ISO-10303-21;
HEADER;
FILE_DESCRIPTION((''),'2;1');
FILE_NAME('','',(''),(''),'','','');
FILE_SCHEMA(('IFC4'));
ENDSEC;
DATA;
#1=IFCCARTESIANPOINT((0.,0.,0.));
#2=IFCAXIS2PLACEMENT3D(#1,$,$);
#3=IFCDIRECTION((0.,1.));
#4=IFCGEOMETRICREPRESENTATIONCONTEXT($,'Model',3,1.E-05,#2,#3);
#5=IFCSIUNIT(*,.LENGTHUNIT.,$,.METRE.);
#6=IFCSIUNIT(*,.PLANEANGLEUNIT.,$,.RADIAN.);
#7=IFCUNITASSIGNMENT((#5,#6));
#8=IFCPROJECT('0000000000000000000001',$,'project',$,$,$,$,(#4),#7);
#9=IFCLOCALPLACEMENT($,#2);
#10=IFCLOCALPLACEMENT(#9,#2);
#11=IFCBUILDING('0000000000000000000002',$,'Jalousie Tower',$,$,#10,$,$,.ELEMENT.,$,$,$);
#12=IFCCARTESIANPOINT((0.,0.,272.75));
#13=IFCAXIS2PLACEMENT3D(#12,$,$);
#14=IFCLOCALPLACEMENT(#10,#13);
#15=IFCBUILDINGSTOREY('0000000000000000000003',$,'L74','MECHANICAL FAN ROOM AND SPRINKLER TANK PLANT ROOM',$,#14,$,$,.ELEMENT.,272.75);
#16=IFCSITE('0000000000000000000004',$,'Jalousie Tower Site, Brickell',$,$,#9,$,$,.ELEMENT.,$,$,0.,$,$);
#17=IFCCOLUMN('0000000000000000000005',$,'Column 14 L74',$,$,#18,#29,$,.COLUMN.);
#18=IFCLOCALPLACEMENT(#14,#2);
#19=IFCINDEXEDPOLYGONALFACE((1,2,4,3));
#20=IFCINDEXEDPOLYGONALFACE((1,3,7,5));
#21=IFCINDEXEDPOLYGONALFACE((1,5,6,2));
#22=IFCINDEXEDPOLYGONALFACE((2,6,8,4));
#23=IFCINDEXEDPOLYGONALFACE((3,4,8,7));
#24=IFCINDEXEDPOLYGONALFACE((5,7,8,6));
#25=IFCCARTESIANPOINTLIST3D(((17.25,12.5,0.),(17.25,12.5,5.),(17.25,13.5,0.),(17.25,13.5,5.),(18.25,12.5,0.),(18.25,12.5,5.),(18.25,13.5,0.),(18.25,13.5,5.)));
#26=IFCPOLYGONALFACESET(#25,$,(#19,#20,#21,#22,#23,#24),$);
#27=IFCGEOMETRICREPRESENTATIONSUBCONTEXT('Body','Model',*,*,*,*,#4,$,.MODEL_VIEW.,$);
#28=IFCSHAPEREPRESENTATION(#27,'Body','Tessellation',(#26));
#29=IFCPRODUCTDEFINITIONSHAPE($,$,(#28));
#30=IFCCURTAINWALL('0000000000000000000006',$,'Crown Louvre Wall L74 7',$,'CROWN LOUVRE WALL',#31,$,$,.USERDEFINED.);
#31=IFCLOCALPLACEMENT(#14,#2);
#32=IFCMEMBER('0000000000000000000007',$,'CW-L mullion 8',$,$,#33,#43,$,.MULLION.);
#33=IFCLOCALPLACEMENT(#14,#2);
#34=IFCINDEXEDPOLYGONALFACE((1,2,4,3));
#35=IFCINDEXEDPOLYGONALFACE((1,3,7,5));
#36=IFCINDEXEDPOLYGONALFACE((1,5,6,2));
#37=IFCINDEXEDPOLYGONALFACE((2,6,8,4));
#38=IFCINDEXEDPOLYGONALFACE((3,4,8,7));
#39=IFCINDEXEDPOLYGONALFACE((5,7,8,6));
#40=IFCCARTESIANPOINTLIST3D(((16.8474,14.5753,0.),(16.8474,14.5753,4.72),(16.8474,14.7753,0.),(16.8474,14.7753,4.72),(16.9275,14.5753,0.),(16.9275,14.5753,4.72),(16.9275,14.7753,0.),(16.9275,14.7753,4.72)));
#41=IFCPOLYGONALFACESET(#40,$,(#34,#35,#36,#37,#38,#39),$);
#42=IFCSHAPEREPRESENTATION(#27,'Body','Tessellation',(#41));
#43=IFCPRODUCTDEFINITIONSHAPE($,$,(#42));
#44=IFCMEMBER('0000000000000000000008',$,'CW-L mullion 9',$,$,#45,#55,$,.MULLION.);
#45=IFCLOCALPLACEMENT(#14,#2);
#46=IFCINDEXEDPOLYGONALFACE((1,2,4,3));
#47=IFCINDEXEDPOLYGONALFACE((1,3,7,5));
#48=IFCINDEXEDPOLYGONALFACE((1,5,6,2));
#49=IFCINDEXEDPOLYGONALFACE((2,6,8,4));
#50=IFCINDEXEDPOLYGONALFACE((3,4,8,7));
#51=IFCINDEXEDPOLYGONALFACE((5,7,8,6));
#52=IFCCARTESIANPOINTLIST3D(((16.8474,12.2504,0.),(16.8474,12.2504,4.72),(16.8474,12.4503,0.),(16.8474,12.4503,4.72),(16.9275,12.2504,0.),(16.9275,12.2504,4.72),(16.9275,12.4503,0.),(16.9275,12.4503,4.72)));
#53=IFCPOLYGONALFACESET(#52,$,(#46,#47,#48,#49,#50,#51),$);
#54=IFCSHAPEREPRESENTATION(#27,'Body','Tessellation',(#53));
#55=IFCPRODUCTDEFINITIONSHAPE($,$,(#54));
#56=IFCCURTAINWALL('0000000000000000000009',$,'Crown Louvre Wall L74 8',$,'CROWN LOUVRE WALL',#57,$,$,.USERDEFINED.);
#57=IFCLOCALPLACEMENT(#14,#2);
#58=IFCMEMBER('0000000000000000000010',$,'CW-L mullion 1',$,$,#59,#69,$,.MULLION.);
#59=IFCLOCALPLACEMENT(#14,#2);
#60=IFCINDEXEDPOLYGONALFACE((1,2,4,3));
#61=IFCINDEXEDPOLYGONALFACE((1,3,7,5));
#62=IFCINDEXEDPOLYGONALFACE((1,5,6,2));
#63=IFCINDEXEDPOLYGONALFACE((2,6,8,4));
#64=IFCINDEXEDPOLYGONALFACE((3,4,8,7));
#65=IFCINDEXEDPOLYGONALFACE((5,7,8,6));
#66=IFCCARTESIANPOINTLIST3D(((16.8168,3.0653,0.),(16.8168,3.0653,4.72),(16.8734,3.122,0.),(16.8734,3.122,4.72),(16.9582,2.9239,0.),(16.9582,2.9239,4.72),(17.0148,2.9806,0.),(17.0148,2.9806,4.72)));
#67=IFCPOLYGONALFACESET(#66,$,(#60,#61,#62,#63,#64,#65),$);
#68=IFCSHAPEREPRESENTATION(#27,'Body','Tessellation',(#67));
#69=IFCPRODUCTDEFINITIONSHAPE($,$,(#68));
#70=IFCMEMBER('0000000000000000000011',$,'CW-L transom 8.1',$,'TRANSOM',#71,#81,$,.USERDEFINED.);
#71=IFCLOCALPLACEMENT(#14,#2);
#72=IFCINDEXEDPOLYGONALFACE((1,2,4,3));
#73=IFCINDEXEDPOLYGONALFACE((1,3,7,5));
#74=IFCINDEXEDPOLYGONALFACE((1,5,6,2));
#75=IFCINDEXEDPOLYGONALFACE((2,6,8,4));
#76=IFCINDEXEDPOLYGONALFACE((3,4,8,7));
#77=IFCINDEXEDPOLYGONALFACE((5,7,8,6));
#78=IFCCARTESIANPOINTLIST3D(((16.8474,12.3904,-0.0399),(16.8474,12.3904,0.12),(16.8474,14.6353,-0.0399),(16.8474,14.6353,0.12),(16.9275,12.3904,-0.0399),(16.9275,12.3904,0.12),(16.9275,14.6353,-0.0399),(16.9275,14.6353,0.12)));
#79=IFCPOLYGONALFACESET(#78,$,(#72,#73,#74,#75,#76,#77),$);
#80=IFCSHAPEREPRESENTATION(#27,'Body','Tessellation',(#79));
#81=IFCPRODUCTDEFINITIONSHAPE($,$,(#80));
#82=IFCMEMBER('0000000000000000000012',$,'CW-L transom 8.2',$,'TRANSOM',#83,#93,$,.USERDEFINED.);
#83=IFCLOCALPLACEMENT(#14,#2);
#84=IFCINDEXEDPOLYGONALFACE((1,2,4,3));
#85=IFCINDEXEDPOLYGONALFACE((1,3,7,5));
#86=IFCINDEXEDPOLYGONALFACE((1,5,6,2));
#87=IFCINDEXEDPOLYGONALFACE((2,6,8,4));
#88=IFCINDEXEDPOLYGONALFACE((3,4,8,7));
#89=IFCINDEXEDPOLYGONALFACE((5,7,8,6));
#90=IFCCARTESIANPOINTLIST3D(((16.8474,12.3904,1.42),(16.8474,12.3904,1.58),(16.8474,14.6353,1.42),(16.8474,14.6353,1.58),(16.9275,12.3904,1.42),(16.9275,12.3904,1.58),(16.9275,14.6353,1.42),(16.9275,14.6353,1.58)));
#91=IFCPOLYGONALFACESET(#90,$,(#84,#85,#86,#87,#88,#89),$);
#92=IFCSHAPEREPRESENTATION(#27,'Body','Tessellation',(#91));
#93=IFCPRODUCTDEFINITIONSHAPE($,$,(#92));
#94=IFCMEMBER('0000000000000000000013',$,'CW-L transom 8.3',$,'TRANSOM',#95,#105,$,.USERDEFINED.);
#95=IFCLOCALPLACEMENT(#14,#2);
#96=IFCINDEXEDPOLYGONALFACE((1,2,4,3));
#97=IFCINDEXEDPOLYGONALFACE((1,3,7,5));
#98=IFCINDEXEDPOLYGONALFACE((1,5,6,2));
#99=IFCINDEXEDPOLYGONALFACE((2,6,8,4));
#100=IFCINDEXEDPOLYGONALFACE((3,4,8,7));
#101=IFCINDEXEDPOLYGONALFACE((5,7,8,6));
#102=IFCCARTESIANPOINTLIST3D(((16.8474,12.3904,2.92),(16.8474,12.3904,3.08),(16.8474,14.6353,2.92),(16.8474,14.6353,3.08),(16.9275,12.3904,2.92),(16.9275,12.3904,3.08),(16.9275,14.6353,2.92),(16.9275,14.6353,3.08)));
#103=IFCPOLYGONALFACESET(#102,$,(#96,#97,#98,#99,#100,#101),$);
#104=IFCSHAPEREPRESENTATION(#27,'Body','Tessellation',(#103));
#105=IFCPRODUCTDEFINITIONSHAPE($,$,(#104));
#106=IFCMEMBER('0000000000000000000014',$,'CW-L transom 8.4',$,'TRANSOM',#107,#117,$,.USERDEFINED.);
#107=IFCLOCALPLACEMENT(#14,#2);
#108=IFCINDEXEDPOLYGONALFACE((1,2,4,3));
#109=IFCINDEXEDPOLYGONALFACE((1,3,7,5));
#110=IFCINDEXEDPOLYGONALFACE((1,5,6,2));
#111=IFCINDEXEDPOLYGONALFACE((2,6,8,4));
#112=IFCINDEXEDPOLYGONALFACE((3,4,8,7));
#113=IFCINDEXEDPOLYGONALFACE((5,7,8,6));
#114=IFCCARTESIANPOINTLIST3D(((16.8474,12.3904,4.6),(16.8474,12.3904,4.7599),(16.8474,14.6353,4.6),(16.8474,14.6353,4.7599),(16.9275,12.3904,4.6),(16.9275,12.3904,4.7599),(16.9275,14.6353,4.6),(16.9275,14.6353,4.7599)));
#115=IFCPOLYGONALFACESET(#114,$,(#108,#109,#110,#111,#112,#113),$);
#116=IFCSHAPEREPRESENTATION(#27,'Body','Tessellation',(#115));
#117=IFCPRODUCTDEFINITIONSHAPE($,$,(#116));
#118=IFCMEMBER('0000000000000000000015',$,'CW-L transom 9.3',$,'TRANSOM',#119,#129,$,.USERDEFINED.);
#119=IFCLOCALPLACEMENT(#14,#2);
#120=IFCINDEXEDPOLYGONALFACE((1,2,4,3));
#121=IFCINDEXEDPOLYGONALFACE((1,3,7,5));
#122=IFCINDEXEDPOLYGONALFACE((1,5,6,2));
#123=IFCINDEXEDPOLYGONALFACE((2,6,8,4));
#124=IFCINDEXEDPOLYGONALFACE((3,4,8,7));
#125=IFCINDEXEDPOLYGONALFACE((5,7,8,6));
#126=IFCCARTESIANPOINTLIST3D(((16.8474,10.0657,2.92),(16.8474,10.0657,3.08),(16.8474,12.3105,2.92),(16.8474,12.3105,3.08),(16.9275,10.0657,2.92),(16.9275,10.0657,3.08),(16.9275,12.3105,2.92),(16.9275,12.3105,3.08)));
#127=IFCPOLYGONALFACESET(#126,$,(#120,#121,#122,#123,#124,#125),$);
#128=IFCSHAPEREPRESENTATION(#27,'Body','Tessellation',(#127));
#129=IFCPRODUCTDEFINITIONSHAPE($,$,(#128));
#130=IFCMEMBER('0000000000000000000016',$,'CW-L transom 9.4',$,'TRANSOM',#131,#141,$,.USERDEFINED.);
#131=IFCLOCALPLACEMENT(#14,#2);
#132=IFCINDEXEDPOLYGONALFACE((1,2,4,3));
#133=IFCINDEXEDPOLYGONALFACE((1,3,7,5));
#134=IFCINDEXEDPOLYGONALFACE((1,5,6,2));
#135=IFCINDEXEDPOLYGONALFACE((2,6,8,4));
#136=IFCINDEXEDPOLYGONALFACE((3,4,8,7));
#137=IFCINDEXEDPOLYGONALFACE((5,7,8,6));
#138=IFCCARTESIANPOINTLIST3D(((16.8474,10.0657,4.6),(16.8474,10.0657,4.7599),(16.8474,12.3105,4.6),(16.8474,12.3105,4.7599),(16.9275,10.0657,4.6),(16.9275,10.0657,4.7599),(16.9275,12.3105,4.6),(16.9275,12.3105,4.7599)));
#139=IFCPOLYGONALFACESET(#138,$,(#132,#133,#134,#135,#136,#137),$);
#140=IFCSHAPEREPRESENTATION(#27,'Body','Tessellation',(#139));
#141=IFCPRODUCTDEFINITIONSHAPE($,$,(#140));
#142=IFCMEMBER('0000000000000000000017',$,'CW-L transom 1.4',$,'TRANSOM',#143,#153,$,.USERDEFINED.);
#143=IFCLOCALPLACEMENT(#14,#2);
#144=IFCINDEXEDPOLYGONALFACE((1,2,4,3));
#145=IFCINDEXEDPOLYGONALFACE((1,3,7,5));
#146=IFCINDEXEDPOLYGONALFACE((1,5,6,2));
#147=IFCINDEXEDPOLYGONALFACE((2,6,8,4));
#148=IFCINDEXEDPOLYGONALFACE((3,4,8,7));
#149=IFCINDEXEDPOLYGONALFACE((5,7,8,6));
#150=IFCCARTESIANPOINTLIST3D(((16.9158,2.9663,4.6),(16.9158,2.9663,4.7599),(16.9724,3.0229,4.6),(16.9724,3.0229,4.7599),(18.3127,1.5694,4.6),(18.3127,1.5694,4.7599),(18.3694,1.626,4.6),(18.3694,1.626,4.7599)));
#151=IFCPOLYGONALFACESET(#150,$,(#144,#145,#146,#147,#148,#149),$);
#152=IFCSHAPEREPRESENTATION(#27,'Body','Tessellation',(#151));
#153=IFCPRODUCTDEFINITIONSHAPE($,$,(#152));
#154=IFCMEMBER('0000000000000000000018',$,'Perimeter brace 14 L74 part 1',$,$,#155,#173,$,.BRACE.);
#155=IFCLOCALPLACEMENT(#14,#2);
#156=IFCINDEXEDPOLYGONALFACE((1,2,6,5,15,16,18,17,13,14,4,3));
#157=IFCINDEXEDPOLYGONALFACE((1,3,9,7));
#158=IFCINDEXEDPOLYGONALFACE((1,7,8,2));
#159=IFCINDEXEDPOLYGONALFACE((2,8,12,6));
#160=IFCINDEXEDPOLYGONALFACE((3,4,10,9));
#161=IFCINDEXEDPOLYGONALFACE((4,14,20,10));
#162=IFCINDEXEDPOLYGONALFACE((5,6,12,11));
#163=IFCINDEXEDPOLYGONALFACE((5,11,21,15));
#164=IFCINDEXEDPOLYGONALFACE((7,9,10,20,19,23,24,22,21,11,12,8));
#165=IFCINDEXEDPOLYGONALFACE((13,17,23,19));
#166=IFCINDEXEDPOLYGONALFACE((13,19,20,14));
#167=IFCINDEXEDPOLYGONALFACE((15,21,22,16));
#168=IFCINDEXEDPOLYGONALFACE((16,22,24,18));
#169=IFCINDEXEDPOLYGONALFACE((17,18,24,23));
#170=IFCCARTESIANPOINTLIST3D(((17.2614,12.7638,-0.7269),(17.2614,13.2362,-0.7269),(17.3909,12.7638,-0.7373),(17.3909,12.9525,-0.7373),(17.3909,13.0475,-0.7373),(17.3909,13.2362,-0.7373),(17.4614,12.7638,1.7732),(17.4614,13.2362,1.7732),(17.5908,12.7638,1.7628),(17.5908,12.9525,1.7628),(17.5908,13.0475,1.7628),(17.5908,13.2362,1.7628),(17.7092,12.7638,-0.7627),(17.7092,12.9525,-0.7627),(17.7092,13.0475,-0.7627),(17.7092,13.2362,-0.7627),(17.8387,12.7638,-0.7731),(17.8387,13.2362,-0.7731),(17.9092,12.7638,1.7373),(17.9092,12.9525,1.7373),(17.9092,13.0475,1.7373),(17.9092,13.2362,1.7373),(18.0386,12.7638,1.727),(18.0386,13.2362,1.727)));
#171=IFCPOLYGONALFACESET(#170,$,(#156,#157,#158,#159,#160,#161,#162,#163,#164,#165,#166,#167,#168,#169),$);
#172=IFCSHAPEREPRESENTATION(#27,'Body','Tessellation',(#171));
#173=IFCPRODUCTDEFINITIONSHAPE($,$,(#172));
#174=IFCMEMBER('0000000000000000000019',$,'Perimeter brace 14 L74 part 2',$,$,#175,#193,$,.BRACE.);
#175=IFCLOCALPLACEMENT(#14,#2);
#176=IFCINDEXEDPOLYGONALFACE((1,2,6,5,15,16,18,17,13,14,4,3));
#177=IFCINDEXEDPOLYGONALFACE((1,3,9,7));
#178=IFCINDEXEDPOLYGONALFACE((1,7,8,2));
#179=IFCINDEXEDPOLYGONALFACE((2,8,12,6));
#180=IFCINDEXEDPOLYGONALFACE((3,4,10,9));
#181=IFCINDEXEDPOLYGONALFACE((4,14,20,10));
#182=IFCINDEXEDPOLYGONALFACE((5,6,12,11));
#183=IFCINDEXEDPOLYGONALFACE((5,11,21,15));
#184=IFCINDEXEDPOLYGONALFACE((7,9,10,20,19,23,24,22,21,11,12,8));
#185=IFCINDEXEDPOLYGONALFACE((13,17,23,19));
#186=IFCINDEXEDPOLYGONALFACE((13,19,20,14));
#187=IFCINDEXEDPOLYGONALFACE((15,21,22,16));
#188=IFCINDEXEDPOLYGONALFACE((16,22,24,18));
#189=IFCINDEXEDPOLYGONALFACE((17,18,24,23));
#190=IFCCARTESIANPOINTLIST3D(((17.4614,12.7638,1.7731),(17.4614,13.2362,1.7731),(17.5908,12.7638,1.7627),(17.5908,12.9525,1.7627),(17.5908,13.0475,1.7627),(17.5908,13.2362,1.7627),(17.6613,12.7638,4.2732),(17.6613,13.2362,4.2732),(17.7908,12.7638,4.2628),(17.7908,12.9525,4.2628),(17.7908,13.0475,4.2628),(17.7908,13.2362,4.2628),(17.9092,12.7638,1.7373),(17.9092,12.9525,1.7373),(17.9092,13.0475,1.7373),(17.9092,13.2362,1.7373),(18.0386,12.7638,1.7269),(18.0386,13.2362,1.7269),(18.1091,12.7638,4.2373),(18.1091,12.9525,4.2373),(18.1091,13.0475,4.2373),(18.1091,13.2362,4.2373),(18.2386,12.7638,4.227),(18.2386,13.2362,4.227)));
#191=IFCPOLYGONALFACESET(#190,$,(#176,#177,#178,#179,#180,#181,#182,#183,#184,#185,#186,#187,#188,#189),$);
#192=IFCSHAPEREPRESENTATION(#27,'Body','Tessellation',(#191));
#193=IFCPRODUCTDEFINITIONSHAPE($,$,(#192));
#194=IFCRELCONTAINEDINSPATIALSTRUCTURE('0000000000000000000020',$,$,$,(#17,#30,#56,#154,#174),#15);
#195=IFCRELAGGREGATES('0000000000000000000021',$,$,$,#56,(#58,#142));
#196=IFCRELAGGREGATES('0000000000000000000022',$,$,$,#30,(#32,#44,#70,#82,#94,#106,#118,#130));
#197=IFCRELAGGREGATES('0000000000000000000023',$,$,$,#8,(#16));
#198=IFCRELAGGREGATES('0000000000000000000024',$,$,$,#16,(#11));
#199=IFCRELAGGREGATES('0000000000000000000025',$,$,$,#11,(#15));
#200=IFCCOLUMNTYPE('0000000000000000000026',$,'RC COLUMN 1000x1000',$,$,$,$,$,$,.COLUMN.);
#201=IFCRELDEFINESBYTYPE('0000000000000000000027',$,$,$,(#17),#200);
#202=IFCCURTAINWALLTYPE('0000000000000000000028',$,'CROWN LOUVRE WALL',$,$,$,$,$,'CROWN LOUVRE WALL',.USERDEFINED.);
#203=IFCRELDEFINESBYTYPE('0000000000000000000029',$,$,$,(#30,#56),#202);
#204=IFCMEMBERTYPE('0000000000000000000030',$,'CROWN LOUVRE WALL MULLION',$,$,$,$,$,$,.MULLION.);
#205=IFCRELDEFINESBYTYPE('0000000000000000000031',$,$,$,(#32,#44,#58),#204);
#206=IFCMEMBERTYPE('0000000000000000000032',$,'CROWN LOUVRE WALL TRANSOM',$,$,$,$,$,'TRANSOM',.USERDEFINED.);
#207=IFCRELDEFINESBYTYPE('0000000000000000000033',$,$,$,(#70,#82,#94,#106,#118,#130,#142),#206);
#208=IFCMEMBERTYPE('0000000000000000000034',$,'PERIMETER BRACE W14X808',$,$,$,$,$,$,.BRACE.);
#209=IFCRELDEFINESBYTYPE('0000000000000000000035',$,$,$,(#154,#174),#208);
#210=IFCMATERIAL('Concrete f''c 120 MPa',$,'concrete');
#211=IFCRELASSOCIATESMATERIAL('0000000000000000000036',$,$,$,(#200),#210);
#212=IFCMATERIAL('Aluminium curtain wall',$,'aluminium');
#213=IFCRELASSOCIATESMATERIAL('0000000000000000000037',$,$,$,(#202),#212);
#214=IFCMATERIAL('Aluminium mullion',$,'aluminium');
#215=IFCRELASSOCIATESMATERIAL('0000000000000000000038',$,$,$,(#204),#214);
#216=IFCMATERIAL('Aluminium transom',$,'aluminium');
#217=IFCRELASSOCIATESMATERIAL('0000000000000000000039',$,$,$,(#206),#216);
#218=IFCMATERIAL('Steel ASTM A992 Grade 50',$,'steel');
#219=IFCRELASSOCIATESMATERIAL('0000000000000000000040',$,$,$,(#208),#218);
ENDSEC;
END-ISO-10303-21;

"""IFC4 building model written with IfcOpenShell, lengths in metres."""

from ifc_helpers import new_model, si_unit, direction, frame, origin, origin_2d, place, context, subcontext, project, spatial, rectangle, i_section, extrude, material, material_profile, profile_set, type_object, element, aggregate, save


model = new_model("IFC4")

# Units and contexts
model_context = context("Model", 3, precision=1e-05, world=origin(), true_north=direction((0.0, 1.0)))
body_context = subcontext(model_context, "Body", "Model", "MODEL_VIEW")
ifc_project = project(units=[si_unit("LENGTHUNIT", "METRE"), si_unit("PLANEANGLEUNIT", "RADIAN")], contexts=[model_context])

# Site, building, storey
site_placement = place(None, origin())
site = spatial("IfcSite", under=ifc_project, at=site_placement, Name="Jalousie Tower Site, Brickell", CompositionType="ELEMENT", RefElevation=0.0)
building_placement = place(site_placement, origin())
building = spatial("IfcBuilding", under=site, at=building_placement, Name="Jalousie Tower", CompositionType="ELEMENT")
storey_placement = place(building_placement, frame((0.0, 0.0, 272.75)))
storey = spatial("IfcBuildingStorey", under=building, at=storey_placement, Name="L74", Description="MECHANICAL FAN ROOM AND SPRINKLER TANK PLANT ROOM", CompositionType="ELEMENT", Elevation=272.75)

# Column
ifc_material_1 = material(Name="Concrete f'c 120 MPa", Category="concrete")
ifc_material_profile_1 = material_profile(ifc_material_1, rectangle(XDim=1.0, YDim=1.0, at=origin_2d()), Name="RC 1000x1000")
ifc_profile_set_1 = profile_set([ifc_material_profile_1], Name="Concrete f'c 120 MPa")
column_type = type_object("IfcColumnType", Name="RC COLUMN 1000x1000", PredefinedType="COLUMN", material=ifc_profile_set_1)
column_placement = place(storey_placement, frame((17.75, 13.0, 0.0), z_axis=(0.0, 0.0, 1.0), x_axis=(1.0, 0.0, 0.0)))
element("IfcColumn", 1, at=column_placement, inside=storey, type_object=column_type, Name="Column 14 L74", PredefinedType="COLUMN", context=body_context, shape_type="SweptSolid", body=[
    extrude(rectangle(XDim=1.0, YDim=1.0, at=origin_2d()), origin(), (0.0, 0.0, 1.0), 5.0),
])

# Curtain wall, members
ifc_material_2 = material(Name="Aluminium curtain wall", Category="aluminium")
curtain_wall_type = type_object("IfcCurtainWallType", Name="CROWN LOUVRE WALL", ElementType="CROWN LOUVRE WALL", PredefinedType="USERDEFINED", material=ifc_material_2)
curtain_wall_1_placement = place(storey_placement, origin())
curtain_wall_1 = element("IfcCurtainWall", 2, at=curtain_wall_1_placement, inside=storey, type_object=curtain_wall_type, Name="Crown Louvre Wall L74 7", ObjectType="CROWN LOUVRE WALL", PredefinedType="USERDEFINED")
ifc_material_3 = material(Name="Aluminium mullion", Category="aluminium")
ifc_material_profile_2 = material_profile(ifc_material_3, rectangle(XDim=0.0801, YDim=0.2, at=origin_2d()), Name="MULLION 80x200")
ifc_profile_set_2 = profile_set([ifc_material_profile_2], Name="Aluminium mullion")
member_type_1 = type_object("IfcMemberType", Name="CROWN LOUVRE WALL MULLION", PredefinedType="MULLION", material=ifc_profile_set_2)
member_1_placement = place(storey_placement, frame((16.8875, 14.6753, 0.0), z_axis=(0.0, 0.0, 1.0), x_axis=(1.0, 0.0, 0.0)))
member_1 = element("IfcMember", 3, at=member_1_placement, type_object=member_type_1, Name="CW-L mullion 8", PredefinedType="MULLION", context=body_context, shape_type="SweptSolid", body=[
    extrude(rectangle(XDim=0.0801, YDim=0.2, at=origin_2d()), origin(), (0.0, 0.0, 1.0), 4.72),
])
member_2_placement = place(storey_placement, frame((16.8875, 12.3503, 0.0), z_axis=(0.0, 0.0, 1.0), x_axis=(1.0, 0.0, 0.0)))
member_2 = element("IfcMember", 4, at=member_2_placement, type_object=member_type_1, Name="CW-L mullion 9", PredefinedType="MULLION", context=body_context, shape_type="SweptSolid", body=[
    extrude(rectangle(XDim=0.0801, YDim=0.2, at=origin_2d()), origin(), (0.0, 0.0, 1.0), 4.72),
])

# Curtain wall, member
curtain_wall_2_placement = place(storey_placement, origin())
curtain_wall_2 = element("IfcCurtainWall", 5, at=curtain_wall_2_placement, inside=storey, type_object=curtain_wall_type, Name="Crown Louvre Wall L74 8", ObjectType="CROWN LOUVRE WALL", PredefinedType="USERDEFINED")
member_3_placement = place(storey_placement, frame((16.9158, 3.0229, 0.0), z_axis=(0.0, 0.0, 1.0), x_axis=(0.707107, 0.707107, 0.0)))
member_3 = element("IfcMember", 6, at=member_3_placement, type_object=member_type_1, Name="CW-L mullion 1", PredefinedType="MULLION", context=body_context, shape_type="SweptSolid", body=[
    extrude(rectangle(XDim=0.0801, YDim=0.2, at=origin_2d()), origin(), (0.0, 0.0, 1.0), 4.72),
])

# Members
ifc_material_4 = material(Name="Aluminium transom", Category="aluminium")
ifc_material_profile_3 = material_profile(ifc_material_4, rectangle(XDim=0.0801, YDim=0.1599, at=origin_2d()), Name="TRANSOM 80x160")
ifc_profile_set_3 = profile_set([ifc_material_profile_3], Name="Aluminium transom")
member_type_2 = type_object("IfcMemberType", Name="CROWN LOUVRE WALL TRANSOM", ElementType="TRANSOM", PredefinedType="USERDEFINED", material=ifc_profile_set_3)
member_4_placement = place(storey_placement, frame((16.8875, 14.6353, 0.04), z_axis=(0.0, -1.0, 0.0), x_axis=(1.0, 0.0, 0.0)))
member_4 = element("IfcMember", 7, at=member_4_placement, type_object=member_type_2, Name="CW-L transom 8.1", ObjectType="TRANSOM", PredefinedType="USERDEFINED", context=body_context, shape_type="SweptSolid", body=[
    extrude(rectangle(XDim=0.0801, YDim=0.1599, at=origin_2d()), origin(), (0.0, 0.0, 1.0), 2.2449),
])
member_5_placement = place(storey_placement, frame((16.8875, 14.6353, 1.5), z_axis=(0.0, -1.0, 0.0), x_axis=(1.0, 0.0, 0.0)))
member_5 = element("IfcMember", 8, at=member_5_placement, type_object=member_type_2, Name="CW-L transom 8.2", ObjectType="TRANSOM", PredefinedType="USERDEFINED", context=body_context, shape_type="SweptSolid", body=[
    extrude(rectangle(XDim=0.0801, YDim=0.1599, at=origin_2d()), origin(), (0.0, 0.0, 1.0), 2.2449),
])
member_6_placement = place(storey_placement, frame((16.8875, 14.6353, 3.0), z_axis=(0.0, -1.0, 0.0), x_axis=(1.0, 0.0, 0.0)))
member_6 = element("IfcMember", 9, at=member_6_placement, type_object=member_type_2, Name="CW-L transom 8.3", ObjectType="TRANSOM", PredefinedType="USERDEFINED", context=body_context, shape_type="SweptSolid", body=[
    extrude(rectangle(XDim=0.0801, YDim=0.1599, at=origin_2d()), origin(), (0.0, 0.0, 1.0), 2.2449),
])
member_7_placement = place(storey_placement, frame((16.8875, 14.6353, 4.6799), z_axis=(0.0, -1.0, 0.0), x_axis=(1.0, 0.0, 0.0)))
member_7 = element("IfcMember", 10, at=member_7_placement, type_object=member_type_2, Name="CW-L transom 8.4", ObjectType="TRANSOM", PredefinedType="USERDEFINED", context=body_context, shape_type="SweptSolid", body=[
    extrude(rectangle(XDim=0.0801, YDim=0.1599, at=origin_2d()), origin(), (0.0, 0.0, 1.0), 2.2449),
])
member_8_placement = place(storey_placement, frame((16.8875, 12.3105, 3.0), z_axis=(0.0, -1.0, 0.0), x_axis=(1.0, 0.0, 0.0)))
member_8 = element("IfcMember", 11, at=member_8_placement, type_object=member_type_2, Name="CW-L transom 9.3", ObjectType="TRANSOM", PredefinedType="USERDEFINED", context=body_context, shape_type="SweptSolid", body=[
    extrude(rectangle(XDim=0.0801, YDim=0.1599, at=origin_2d()), origin(), (0.0, 0.0, 1.0), 2.2449),
])
member_9_placement = place(storey_placement, frame((16.8875, 12.3105, 4.6799), z_axis=(0.0, -1.0, 0.0), x_axis=(1.0, 0.0, 0.0)))
member_9 = element("IfcMember", 12, at=member_9_placement, type_object=member_type_2, Name="CW-L transom 9.4", ObjectType="TRANSOM", PredefinedType="USERDEFINED", context=body_context, shape_type="SweptSolid", body=[
    extrude(rectangle(XDim=0.0801, YDim=0.1599, at=origin_2d()), origin(), (0.0, 0.0, 1.0), 2.2449),
])
member_10_placement = place(storey_placement, frame((16.9441, 2.9946, 4.6799), z_axis=(0.707107, -0.707107, 0.0), x_axis=(0.707107, 0.707107, 0.0)))
member_10 = element("IfcMember", 13, at=member_10_placement, type_object=member_type_2, Name="CW-L transom 1.4", ObjectType="TRANSOM", PredefinedType="USERDEFINED", context=body_context, shape_type="SweptSolid", body=[
    extrude(rectangle(XDim=0.0801, YDim=0.1599, at=origin_2d()), origin(), (0.0, 0.0, 1.0), 1.9756),
])
aggregate(curtain_wall_2, [member_3, member_10])

# Members
ifc_material_5 = material(Name="Steel ASTM A992 Grade 50", Category="steel")
ifc_material_profile_4 = material_profile(ifc_material_5, i_section(OverallWidth=0.4724, OverallDepth=0.5791, WebThickness=0.095, FlangeThickness=0.1299, at=origin_2d()), Name="W14X808")
ifc_profile_set_4 = profile_set([ifc_material_profile_4], Name="Steel ASTM A992 Grade 50")
member_type_3 = type_object("IfcMemberType", Name="PERIMETER BRACE W14X808", PredefinedType="BRACE", material=ifc_profile_set_4)
for number, where, z_axis, x_axis, name in (
    (14, (17.55, 13.0, -0.75), (0.079726, 0.0, 0.996817), (0.0, 1.0, 0.0), "Perimeter brace 14 L74 part 1"),
    (15, (17.75, 13.0, 1.75), (0.079726, 0.0, 0.996817), (0.0, 1.0, 0.0), "Perimeter brace 14 L74 part 2"),
):
    element("IfcMember", number, at=place(storey_placement, frame(where, z_axis=z_axis, x_axis=x_axis)), inside=storey, type_object=member_type_3, Name=name, PredefinedType="BRACE", context=body_context, shape_type="SweptSolid", body=[
        extrude(i_section(OverallWidth=0.4724, OverallDepth=0.5791, WebThickness=0.095, FlangeThickness=0.1299, at=origin_2d()), origin(), (0.0, 0.0, 1.0), 2.5081),
    ])

aggregate(curtain_wall_1, [member_1, member_2, member_4, member_5, member_6, member_7, member_8, member_9])

save(model, "model.ifc")
